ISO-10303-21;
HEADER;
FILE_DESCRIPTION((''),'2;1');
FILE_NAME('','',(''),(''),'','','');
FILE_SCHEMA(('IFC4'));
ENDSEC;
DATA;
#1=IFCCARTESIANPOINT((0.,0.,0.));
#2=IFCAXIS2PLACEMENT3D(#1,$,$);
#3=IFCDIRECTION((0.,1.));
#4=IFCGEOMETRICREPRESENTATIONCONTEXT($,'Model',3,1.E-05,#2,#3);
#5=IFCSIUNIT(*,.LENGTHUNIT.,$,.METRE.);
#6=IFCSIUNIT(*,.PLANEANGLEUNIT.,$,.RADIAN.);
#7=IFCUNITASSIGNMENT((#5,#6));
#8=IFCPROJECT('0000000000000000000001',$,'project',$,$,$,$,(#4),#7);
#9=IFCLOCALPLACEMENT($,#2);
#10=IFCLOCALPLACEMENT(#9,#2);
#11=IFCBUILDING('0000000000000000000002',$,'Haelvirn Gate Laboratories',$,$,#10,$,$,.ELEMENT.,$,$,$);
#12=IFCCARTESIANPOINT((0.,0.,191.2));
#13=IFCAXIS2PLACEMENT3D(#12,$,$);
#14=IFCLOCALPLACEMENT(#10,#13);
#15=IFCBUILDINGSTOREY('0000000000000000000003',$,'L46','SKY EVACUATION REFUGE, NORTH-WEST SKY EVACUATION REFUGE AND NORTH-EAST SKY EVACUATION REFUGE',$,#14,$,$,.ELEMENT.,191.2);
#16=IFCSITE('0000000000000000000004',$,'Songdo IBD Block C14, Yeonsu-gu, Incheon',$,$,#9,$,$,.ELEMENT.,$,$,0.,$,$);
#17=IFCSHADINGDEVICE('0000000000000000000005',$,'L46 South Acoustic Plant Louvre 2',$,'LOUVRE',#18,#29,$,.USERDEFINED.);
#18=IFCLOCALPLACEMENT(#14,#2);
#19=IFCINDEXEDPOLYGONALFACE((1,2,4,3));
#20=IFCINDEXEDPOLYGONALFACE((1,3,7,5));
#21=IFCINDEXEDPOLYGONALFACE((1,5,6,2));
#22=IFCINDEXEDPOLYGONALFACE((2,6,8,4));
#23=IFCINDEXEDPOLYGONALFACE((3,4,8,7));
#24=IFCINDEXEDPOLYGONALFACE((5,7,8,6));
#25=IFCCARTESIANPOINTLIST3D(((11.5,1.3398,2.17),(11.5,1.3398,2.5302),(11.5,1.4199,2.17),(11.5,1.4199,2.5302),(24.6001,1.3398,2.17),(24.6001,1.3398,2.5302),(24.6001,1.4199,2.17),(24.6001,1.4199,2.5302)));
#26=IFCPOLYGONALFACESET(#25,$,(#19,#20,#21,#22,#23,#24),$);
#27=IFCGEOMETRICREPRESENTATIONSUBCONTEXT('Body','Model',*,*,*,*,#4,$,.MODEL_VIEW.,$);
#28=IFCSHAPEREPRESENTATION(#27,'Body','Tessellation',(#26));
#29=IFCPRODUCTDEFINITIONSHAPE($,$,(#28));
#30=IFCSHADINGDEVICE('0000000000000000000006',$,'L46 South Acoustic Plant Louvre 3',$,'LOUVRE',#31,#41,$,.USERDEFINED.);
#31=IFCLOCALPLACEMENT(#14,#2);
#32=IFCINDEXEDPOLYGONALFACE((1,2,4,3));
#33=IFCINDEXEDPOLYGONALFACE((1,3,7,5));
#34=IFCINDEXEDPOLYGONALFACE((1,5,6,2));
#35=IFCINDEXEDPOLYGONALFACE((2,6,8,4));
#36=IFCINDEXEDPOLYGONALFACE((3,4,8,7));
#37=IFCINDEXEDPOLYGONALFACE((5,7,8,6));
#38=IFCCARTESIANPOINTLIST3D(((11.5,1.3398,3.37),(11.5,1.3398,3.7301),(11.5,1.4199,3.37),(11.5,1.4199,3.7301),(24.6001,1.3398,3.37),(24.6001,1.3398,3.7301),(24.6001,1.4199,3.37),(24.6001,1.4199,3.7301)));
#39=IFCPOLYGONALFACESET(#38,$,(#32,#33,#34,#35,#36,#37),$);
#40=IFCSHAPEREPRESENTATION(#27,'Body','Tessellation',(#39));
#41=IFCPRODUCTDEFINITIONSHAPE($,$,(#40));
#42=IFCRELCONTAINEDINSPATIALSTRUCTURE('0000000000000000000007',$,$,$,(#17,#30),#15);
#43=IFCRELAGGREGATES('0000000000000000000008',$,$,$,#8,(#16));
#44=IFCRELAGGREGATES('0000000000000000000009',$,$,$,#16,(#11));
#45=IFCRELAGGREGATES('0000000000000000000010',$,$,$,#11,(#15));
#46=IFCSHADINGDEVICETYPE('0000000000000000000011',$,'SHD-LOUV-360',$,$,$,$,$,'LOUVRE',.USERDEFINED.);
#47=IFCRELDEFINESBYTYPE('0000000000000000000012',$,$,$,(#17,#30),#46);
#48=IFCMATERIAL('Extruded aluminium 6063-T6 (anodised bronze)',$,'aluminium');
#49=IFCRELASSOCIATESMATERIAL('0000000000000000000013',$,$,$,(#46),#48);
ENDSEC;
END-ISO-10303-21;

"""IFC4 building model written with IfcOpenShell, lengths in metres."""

from ifc_helpers import new_model, si_unit, direction, frame, origin, origin_2d, place, context, subcontext, project, spatial, rectangle, extrude, source, transform, mapped, material, material_profile, profile_set, type_object, type_shapes, element, save


model = new_model("IFC4")

# Units and contexts
model_context = context("Model", 3, precision=1e-05, world=origin(), true_north=direction((0.0, 1.0)))
body_context = subcontext(model_context, "Body", "Model", "MODEL_VIEW")
ifc_project = project(units=[si_unit("LENGTHUNIT", "METRE"), si_unit("PLANEANGLEUNIT", "RADIAN")], contexts=[model_context])

# Site, building, storey
site_placement = place(None, origin())
site = spatial("IfcSite", under=ifc_project, at=site_placement, Name="Songdo IBD Block C14, Yeonsu-gu, Incheon", CompositionType="ELEMENT", RefElevation=0.0)
building_placement = place(site_placement, origin())
building = spatial("IfcBuilding", under=site, at=building_placement, Name="Haelvirn Gate Laboratories", CompositionType="ELEMENT")
storey_placement = place(building_placement, frame((0.0, 0.0, 191.2)))
storey = spatial("IfcBuildingStorey", under=building, at=storey_placement, Name="L46", Description="SKY EVACUATION REFUGE, NORTH-WEST SKY EVACUATION REFUGE AND NORTH-EAST SKY EVACUATION REFUGE", CompositionType="ELEMENT", Elevation=191.2)

# Shared definitions
ifc_material_1 = material(Name="Extruded aluminium 6063-T6 (anodised bronze)", Category="aluminium")

# Shading devices
ifc_material_profile_1 = material_profile(ifc_material_1, rectangle(XDim=0.0801, YDim=0.3601, at=origin_2d()), Name="LOUV-360x80")
ifc_profile_set_1 = profile_set([ifc_material_profile_1], Name="Extruded aluminium 6063-T6 (anodised bronze)")
shading_device_type = type_object("IfcShadingDeviceType", Name="SHD-LOUV-360", ElementType="LOUVRE", PredefinedType="USERDEFINED", material=ifc_profile_set_1)
shared_shape_1 = source(origin(), body_context, "Body", "SweptSolid", [
    extrude(rectangle(XDim=0.0801, YDim=0.3601, at=origin_2d()), origin(), (0.0, 0.0, 1.0), 13.1001),
])
type_shapes(shading_device_type, [shared_shape_1])
for number, where, z_axis, x_axis, name in (
    (1, (11.5, 1.3799, 2.3501), (1.0, 0.0, 0.0), (0.0, 1.0, 0.0), "L46 South Acoustic Plant Louvre 2"),
    (2, (11.5, 1.3799, 3.55), (1.0, 0.0, 0.0), (0.0, 1.0, 0.0), "L46 South Acoustic Plant Louvre 3"),
):
    element("IfcShadingDevice", number, at=place(storey_placement, frame(where, z_axis=z_axis, x_axis=x_axis)), inside=storey, type_object=shading_device_type, Name=name, ObjectType="LOUVRE", PredefinedType="USERDEFINED", context=body_context, shape_type="MappedRepresentation", body=[
        mapped(shared_shape_1, transform((0.0, 0.0, 0.0), scale=1.0)),
    ])

save(model, "model.ifc")
